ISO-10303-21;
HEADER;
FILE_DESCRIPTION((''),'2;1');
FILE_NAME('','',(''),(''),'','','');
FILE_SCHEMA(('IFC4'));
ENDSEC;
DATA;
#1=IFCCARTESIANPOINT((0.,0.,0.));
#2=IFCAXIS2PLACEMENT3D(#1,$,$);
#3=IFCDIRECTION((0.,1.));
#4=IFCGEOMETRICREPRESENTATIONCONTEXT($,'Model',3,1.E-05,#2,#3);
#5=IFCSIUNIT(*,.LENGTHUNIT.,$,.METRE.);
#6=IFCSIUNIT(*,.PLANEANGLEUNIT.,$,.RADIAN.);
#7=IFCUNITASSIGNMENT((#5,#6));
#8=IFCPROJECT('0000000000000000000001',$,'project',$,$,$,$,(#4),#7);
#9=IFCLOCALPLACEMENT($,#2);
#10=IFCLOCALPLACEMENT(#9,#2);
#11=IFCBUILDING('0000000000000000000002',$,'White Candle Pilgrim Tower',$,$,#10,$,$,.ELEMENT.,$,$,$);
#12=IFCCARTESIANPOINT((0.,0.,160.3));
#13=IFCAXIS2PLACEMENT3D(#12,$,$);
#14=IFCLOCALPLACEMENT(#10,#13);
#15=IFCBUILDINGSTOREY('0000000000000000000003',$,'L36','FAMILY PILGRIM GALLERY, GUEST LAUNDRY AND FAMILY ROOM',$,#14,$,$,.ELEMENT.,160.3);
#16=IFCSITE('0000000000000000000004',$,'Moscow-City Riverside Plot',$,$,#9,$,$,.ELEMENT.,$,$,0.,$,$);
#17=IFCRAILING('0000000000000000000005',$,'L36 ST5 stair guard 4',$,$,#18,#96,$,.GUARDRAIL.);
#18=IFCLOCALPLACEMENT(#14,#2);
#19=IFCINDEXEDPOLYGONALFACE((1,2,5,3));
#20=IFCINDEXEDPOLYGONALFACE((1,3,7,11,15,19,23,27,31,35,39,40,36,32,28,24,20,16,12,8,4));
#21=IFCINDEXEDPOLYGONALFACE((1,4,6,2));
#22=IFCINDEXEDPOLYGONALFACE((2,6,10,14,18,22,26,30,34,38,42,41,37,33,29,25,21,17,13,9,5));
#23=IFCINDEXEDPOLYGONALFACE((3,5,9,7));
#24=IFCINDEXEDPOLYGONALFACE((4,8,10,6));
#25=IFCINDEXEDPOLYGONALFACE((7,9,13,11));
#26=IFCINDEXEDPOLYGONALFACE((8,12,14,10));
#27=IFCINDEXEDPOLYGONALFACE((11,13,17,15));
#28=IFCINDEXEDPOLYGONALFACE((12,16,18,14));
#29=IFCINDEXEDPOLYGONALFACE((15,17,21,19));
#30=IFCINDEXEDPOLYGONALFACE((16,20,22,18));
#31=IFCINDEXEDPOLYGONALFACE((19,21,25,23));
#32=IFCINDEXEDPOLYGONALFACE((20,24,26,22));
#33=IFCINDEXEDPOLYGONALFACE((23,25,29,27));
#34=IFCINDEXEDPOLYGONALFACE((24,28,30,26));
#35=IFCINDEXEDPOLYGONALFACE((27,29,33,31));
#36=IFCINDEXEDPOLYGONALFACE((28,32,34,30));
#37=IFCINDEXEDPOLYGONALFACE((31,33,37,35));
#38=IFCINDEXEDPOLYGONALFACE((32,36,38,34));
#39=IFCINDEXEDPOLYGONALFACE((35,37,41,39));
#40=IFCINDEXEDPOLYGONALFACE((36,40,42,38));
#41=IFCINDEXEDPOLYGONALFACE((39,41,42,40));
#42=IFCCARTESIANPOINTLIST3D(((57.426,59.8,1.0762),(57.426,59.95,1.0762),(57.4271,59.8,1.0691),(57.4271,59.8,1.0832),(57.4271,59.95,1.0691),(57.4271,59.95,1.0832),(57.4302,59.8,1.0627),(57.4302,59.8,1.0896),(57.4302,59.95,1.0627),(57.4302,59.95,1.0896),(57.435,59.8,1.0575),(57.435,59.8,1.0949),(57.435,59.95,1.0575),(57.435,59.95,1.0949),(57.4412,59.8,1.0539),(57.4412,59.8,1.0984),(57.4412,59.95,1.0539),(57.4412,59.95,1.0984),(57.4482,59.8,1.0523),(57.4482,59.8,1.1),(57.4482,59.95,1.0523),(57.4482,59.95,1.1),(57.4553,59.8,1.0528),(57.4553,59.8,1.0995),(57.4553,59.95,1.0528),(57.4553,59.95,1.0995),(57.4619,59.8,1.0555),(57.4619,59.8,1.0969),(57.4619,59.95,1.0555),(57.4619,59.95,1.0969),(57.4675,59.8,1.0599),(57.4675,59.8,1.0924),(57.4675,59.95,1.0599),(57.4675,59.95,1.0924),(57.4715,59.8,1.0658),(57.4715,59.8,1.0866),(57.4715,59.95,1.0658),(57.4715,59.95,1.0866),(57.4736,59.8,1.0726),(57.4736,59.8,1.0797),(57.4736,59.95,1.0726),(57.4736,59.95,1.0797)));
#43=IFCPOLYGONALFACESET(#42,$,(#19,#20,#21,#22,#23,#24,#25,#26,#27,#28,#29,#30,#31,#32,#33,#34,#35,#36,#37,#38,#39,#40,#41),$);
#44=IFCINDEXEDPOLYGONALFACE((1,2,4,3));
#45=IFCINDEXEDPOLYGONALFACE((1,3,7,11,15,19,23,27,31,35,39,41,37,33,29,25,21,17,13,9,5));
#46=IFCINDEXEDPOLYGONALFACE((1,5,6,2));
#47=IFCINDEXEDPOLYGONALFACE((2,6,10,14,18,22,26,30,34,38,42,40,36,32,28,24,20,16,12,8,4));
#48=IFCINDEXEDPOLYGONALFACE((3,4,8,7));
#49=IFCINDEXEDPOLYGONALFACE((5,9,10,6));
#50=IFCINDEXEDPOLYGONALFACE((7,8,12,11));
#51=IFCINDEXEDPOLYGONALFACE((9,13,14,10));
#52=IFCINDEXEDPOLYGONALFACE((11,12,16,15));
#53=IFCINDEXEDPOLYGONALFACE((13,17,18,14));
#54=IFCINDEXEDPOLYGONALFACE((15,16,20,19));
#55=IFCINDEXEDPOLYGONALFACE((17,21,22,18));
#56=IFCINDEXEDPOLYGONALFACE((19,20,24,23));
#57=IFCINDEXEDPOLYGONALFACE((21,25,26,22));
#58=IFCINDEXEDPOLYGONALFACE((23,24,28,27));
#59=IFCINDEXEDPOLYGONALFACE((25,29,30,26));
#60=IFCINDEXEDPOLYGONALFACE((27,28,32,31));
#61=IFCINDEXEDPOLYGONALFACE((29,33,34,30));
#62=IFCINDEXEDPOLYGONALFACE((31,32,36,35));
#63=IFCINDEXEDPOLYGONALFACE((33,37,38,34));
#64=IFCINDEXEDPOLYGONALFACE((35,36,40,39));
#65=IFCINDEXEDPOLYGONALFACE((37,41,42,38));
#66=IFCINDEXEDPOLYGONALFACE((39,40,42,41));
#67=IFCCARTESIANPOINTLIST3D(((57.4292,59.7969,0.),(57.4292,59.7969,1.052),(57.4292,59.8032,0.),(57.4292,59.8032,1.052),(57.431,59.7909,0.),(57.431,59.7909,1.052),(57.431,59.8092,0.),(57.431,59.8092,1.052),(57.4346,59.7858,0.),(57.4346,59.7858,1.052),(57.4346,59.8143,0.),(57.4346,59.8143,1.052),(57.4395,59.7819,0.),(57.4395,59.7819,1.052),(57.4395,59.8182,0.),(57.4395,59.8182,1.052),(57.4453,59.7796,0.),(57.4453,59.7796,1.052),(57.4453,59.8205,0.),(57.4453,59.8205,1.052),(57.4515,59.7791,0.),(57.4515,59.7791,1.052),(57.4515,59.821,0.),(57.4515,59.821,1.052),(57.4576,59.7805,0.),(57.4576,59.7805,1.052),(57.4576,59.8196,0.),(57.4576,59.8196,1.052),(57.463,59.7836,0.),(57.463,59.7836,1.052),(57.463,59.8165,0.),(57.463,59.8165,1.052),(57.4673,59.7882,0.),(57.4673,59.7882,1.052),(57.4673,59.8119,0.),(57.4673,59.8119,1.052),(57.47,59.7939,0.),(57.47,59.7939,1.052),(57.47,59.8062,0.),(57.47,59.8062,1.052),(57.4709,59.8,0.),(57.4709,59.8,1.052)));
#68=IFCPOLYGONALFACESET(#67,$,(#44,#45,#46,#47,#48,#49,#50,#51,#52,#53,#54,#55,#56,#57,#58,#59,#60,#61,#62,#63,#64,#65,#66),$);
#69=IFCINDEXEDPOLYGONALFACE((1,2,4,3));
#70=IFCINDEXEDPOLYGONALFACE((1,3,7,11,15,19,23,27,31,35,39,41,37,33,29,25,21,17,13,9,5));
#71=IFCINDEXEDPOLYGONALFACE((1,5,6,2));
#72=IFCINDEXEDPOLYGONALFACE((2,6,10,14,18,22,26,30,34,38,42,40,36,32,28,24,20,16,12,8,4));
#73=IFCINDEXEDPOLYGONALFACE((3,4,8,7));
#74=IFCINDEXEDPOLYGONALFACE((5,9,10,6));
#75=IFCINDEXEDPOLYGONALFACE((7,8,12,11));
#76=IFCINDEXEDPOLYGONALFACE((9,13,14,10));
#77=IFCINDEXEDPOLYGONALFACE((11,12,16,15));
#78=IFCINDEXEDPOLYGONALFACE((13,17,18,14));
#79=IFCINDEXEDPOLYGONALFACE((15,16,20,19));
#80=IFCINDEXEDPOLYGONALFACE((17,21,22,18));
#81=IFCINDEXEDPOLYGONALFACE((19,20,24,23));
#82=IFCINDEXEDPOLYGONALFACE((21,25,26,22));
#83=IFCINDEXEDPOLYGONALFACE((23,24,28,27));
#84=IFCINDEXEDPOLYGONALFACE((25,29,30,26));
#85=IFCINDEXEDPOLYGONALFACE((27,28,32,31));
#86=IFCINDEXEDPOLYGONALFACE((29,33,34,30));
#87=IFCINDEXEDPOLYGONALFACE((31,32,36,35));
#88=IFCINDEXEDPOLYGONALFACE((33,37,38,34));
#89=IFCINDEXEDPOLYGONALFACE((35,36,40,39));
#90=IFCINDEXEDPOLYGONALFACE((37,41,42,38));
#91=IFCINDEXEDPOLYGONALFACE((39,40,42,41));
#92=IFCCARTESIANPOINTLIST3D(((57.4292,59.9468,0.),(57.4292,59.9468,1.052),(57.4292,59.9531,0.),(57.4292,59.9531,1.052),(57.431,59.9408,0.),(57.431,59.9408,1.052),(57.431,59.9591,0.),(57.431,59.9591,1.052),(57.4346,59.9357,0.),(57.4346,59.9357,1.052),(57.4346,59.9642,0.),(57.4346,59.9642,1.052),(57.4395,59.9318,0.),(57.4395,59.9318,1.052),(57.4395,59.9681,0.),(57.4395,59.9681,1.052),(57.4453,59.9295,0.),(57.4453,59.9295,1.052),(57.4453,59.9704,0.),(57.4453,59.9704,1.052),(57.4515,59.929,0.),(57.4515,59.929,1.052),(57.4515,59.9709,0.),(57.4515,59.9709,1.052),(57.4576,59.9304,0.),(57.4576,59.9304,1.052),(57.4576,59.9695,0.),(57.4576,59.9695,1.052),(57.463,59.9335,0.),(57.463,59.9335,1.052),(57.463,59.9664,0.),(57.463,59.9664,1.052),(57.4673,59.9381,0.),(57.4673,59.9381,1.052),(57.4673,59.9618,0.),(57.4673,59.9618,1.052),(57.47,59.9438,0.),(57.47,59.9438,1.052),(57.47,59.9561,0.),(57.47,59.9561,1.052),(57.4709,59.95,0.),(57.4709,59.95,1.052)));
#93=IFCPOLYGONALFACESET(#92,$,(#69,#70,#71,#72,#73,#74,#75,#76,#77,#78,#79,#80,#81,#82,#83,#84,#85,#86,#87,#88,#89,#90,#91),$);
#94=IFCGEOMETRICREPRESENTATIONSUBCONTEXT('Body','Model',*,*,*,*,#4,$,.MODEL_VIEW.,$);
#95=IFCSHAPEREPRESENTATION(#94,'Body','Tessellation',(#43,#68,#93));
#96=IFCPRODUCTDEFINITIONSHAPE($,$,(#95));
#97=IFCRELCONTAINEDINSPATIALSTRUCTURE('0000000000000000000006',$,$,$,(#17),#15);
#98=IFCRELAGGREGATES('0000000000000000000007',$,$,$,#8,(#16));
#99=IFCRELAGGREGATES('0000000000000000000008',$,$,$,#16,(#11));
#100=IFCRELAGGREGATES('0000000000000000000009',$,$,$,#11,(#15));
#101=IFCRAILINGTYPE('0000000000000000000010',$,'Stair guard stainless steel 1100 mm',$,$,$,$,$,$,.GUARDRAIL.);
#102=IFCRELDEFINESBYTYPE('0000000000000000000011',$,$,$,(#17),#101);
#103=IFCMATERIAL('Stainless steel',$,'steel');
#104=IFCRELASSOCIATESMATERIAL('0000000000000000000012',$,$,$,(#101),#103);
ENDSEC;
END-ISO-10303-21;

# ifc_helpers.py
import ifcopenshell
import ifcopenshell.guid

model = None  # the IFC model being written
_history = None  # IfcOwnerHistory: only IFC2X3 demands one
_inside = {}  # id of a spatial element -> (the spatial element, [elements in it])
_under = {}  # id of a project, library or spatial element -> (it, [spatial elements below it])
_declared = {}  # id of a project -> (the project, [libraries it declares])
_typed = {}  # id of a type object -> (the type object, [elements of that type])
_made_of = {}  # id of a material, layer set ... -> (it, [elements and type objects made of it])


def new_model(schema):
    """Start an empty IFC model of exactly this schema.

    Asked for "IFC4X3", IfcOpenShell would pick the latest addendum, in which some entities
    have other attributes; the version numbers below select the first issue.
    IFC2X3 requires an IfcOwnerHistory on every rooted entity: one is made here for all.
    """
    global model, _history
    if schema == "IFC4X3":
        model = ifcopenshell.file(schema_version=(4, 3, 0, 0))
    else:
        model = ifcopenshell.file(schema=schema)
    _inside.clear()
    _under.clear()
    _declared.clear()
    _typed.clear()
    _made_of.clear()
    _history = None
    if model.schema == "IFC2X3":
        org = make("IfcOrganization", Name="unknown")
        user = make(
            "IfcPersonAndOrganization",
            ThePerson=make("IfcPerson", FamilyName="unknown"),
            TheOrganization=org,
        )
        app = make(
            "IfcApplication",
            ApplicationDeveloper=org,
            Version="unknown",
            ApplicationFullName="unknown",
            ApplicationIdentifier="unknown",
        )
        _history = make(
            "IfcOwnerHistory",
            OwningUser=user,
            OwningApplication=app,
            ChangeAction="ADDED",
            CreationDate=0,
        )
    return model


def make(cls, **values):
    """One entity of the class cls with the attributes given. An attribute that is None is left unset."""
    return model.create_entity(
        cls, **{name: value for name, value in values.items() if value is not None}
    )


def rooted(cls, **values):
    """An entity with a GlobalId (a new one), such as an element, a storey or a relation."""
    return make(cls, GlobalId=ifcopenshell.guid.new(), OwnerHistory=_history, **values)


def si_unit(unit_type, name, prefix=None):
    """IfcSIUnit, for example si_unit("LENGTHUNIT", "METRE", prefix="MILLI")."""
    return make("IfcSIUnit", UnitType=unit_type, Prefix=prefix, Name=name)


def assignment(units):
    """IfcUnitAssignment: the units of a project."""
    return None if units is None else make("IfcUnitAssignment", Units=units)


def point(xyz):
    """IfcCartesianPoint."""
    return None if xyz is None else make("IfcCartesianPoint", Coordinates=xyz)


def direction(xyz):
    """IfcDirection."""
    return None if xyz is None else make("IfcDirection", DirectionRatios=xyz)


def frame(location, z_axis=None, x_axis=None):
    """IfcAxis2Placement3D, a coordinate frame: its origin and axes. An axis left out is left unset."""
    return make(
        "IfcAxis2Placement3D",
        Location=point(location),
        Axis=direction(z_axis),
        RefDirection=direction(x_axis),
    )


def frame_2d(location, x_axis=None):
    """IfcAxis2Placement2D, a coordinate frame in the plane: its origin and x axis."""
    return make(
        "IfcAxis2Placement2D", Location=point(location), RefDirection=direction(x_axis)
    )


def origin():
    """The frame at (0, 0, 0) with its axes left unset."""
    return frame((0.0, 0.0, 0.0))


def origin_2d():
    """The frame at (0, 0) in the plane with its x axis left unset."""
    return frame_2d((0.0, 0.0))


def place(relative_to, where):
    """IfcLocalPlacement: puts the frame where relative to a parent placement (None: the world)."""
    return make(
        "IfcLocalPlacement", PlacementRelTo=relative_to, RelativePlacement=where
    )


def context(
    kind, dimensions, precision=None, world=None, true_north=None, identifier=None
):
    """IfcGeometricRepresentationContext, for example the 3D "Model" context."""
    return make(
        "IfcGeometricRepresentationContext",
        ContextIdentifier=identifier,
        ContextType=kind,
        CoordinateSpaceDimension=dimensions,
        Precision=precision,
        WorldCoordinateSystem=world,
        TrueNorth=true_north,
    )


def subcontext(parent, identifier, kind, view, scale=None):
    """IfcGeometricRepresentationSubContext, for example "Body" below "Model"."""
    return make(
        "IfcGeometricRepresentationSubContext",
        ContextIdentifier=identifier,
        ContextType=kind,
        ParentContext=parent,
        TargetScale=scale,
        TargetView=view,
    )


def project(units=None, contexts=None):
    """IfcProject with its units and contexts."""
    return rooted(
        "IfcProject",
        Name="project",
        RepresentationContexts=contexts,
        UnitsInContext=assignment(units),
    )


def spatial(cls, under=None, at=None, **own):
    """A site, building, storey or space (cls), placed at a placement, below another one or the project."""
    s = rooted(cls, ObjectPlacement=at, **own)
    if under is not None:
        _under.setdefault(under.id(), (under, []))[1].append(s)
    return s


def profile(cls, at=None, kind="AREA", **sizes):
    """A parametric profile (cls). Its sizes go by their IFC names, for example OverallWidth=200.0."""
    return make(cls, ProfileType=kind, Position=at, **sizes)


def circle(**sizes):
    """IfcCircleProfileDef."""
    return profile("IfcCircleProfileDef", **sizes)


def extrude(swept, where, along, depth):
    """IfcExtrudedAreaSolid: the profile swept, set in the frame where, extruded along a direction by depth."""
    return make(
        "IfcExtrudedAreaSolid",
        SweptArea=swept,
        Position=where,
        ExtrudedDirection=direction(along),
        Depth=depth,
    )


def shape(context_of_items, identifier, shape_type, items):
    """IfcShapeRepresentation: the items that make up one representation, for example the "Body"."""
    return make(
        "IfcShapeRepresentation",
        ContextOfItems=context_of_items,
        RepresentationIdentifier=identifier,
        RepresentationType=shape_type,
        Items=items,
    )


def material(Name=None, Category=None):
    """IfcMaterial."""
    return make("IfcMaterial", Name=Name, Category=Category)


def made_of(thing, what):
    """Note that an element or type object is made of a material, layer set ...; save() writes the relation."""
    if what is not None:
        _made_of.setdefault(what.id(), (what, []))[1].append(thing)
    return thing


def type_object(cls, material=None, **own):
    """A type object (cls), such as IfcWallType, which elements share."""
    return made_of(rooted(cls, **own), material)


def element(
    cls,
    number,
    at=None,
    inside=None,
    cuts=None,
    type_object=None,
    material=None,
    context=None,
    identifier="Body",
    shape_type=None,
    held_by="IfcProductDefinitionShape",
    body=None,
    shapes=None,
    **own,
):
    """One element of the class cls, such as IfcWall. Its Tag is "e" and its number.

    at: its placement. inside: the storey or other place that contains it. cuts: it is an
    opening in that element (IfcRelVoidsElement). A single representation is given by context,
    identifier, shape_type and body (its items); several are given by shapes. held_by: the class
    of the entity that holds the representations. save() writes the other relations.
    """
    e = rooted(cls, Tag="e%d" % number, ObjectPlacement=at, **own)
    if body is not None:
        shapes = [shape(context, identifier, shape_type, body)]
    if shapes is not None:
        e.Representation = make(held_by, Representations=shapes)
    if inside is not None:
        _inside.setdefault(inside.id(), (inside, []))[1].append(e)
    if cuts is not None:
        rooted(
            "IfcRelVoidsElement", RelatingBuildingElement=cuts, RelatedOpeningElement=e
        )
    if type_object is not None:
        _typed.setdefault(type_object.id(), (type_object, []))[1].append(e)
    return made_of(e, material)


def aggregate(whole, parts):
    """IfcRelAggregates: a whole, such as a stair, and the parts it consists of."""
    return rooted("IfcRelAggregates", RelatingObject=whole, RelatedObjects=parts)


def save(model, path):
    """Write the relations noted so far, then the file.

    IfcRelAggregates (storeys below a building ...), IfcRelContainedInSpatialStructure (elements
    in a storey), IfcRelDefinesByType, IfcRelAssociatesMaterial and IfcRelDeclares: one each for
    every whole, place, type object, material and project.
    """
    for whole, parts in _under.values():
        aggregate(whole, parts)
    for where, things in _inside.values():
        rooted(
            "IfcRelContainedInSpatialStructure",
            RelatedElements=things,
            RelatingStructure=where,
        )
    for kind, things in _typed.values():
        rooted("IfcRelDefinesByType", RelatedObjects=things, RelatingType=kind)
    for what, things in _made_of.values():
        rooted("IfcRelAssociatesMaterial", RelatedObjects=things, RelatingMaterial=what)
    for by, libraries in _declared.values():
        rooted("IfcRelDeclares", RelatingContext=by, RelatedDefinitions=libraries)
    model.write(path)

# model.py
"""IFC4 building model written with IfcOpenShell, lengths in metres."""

from ifc_helpers import new_model, si_unit, direction, frame, origin, origin_2d, place, context, subcontext, project, spatial, circle, extrude, material, type_object, element, save


model = new_model("IFC4")

# Units and contexts
model_context = context("Model", 3, precision=1e-05, world=origin(), true_north=direction((0.0, 1.0)))
body_context = subcontext(model_context, "Body", "Model", "MODEL_VIEW")
ifc_project = project(units=[si_unit("LENGTHUNIT", "METRE"), si_unit("PLANEANGLEUNIT", "RADIAN")], contexts=[model_context])

# Site, building, storey
site_placement = place(None, origin())
site = spatial("IfcSite", under=ifc_project, at=site_placement, Name="Moscow-City Riverside Plot", CompositionType="ELEMENT", RefElevation=0.0)
building_placement = place(site_placement, origin())
building = spatial("IfcBuilding", under=site, at=building_placement, Name="White Candle Pilgrim Tower", CompositionType="ELEMENT")
storey_placement = place(building_placement, frame((0.0, 0.0, 160.3)))
storey = spatial("IfcBuildingStorey", under=building, at=storey_placement, Name="L36", Description="FAMILY PILGRIM GALLERY, GUEST LAUNDRY AND FAMILY ROOM", CompositionType="ELEMENT", Elevation=160.3)

# Railing
ifc_material_1 = material(Name="Stainless steel", Category="steel")
railing_type_1 = type_object("IfcRailingType", Name="Stair guard stainless steel 1100 mm", PredefinedType="GUARDRAIL", material=ifc_material_1)
railing_1_placement = place(storey_placement, frame((57.45, 59.8, 0.0)))
element("IfcRailing", 1, at=railing_1_placement, inside=storey, type_object=railing_type_1, Name="L36 ST5 stair guard 4", PredefinedType="GUARDRAIL", context=body_context, shape_type="SweptSolid", body=[
    extrude(circle(Radius=0.0239, at=origin_2d()), frame((0.0, 0.0, 1.0762), z_axis=(0.0, 1.0, 0.0), x_axis=(-1.0, 0.0, 0.0)), (0.0, 0.0, 1.0), 0.1499),
    extrude(circle(Radius=0.021, at=origin_2d()), origin(), (0.0, 0.0, 1.0), 1.052),
    extrude(circle(Radius=0.021, at=origin_2d()), frame((0.0, 0.1499, 0.0)), (0.0, 0.0, 1.0), 1.052),
])

save(model, "model.ifc")
